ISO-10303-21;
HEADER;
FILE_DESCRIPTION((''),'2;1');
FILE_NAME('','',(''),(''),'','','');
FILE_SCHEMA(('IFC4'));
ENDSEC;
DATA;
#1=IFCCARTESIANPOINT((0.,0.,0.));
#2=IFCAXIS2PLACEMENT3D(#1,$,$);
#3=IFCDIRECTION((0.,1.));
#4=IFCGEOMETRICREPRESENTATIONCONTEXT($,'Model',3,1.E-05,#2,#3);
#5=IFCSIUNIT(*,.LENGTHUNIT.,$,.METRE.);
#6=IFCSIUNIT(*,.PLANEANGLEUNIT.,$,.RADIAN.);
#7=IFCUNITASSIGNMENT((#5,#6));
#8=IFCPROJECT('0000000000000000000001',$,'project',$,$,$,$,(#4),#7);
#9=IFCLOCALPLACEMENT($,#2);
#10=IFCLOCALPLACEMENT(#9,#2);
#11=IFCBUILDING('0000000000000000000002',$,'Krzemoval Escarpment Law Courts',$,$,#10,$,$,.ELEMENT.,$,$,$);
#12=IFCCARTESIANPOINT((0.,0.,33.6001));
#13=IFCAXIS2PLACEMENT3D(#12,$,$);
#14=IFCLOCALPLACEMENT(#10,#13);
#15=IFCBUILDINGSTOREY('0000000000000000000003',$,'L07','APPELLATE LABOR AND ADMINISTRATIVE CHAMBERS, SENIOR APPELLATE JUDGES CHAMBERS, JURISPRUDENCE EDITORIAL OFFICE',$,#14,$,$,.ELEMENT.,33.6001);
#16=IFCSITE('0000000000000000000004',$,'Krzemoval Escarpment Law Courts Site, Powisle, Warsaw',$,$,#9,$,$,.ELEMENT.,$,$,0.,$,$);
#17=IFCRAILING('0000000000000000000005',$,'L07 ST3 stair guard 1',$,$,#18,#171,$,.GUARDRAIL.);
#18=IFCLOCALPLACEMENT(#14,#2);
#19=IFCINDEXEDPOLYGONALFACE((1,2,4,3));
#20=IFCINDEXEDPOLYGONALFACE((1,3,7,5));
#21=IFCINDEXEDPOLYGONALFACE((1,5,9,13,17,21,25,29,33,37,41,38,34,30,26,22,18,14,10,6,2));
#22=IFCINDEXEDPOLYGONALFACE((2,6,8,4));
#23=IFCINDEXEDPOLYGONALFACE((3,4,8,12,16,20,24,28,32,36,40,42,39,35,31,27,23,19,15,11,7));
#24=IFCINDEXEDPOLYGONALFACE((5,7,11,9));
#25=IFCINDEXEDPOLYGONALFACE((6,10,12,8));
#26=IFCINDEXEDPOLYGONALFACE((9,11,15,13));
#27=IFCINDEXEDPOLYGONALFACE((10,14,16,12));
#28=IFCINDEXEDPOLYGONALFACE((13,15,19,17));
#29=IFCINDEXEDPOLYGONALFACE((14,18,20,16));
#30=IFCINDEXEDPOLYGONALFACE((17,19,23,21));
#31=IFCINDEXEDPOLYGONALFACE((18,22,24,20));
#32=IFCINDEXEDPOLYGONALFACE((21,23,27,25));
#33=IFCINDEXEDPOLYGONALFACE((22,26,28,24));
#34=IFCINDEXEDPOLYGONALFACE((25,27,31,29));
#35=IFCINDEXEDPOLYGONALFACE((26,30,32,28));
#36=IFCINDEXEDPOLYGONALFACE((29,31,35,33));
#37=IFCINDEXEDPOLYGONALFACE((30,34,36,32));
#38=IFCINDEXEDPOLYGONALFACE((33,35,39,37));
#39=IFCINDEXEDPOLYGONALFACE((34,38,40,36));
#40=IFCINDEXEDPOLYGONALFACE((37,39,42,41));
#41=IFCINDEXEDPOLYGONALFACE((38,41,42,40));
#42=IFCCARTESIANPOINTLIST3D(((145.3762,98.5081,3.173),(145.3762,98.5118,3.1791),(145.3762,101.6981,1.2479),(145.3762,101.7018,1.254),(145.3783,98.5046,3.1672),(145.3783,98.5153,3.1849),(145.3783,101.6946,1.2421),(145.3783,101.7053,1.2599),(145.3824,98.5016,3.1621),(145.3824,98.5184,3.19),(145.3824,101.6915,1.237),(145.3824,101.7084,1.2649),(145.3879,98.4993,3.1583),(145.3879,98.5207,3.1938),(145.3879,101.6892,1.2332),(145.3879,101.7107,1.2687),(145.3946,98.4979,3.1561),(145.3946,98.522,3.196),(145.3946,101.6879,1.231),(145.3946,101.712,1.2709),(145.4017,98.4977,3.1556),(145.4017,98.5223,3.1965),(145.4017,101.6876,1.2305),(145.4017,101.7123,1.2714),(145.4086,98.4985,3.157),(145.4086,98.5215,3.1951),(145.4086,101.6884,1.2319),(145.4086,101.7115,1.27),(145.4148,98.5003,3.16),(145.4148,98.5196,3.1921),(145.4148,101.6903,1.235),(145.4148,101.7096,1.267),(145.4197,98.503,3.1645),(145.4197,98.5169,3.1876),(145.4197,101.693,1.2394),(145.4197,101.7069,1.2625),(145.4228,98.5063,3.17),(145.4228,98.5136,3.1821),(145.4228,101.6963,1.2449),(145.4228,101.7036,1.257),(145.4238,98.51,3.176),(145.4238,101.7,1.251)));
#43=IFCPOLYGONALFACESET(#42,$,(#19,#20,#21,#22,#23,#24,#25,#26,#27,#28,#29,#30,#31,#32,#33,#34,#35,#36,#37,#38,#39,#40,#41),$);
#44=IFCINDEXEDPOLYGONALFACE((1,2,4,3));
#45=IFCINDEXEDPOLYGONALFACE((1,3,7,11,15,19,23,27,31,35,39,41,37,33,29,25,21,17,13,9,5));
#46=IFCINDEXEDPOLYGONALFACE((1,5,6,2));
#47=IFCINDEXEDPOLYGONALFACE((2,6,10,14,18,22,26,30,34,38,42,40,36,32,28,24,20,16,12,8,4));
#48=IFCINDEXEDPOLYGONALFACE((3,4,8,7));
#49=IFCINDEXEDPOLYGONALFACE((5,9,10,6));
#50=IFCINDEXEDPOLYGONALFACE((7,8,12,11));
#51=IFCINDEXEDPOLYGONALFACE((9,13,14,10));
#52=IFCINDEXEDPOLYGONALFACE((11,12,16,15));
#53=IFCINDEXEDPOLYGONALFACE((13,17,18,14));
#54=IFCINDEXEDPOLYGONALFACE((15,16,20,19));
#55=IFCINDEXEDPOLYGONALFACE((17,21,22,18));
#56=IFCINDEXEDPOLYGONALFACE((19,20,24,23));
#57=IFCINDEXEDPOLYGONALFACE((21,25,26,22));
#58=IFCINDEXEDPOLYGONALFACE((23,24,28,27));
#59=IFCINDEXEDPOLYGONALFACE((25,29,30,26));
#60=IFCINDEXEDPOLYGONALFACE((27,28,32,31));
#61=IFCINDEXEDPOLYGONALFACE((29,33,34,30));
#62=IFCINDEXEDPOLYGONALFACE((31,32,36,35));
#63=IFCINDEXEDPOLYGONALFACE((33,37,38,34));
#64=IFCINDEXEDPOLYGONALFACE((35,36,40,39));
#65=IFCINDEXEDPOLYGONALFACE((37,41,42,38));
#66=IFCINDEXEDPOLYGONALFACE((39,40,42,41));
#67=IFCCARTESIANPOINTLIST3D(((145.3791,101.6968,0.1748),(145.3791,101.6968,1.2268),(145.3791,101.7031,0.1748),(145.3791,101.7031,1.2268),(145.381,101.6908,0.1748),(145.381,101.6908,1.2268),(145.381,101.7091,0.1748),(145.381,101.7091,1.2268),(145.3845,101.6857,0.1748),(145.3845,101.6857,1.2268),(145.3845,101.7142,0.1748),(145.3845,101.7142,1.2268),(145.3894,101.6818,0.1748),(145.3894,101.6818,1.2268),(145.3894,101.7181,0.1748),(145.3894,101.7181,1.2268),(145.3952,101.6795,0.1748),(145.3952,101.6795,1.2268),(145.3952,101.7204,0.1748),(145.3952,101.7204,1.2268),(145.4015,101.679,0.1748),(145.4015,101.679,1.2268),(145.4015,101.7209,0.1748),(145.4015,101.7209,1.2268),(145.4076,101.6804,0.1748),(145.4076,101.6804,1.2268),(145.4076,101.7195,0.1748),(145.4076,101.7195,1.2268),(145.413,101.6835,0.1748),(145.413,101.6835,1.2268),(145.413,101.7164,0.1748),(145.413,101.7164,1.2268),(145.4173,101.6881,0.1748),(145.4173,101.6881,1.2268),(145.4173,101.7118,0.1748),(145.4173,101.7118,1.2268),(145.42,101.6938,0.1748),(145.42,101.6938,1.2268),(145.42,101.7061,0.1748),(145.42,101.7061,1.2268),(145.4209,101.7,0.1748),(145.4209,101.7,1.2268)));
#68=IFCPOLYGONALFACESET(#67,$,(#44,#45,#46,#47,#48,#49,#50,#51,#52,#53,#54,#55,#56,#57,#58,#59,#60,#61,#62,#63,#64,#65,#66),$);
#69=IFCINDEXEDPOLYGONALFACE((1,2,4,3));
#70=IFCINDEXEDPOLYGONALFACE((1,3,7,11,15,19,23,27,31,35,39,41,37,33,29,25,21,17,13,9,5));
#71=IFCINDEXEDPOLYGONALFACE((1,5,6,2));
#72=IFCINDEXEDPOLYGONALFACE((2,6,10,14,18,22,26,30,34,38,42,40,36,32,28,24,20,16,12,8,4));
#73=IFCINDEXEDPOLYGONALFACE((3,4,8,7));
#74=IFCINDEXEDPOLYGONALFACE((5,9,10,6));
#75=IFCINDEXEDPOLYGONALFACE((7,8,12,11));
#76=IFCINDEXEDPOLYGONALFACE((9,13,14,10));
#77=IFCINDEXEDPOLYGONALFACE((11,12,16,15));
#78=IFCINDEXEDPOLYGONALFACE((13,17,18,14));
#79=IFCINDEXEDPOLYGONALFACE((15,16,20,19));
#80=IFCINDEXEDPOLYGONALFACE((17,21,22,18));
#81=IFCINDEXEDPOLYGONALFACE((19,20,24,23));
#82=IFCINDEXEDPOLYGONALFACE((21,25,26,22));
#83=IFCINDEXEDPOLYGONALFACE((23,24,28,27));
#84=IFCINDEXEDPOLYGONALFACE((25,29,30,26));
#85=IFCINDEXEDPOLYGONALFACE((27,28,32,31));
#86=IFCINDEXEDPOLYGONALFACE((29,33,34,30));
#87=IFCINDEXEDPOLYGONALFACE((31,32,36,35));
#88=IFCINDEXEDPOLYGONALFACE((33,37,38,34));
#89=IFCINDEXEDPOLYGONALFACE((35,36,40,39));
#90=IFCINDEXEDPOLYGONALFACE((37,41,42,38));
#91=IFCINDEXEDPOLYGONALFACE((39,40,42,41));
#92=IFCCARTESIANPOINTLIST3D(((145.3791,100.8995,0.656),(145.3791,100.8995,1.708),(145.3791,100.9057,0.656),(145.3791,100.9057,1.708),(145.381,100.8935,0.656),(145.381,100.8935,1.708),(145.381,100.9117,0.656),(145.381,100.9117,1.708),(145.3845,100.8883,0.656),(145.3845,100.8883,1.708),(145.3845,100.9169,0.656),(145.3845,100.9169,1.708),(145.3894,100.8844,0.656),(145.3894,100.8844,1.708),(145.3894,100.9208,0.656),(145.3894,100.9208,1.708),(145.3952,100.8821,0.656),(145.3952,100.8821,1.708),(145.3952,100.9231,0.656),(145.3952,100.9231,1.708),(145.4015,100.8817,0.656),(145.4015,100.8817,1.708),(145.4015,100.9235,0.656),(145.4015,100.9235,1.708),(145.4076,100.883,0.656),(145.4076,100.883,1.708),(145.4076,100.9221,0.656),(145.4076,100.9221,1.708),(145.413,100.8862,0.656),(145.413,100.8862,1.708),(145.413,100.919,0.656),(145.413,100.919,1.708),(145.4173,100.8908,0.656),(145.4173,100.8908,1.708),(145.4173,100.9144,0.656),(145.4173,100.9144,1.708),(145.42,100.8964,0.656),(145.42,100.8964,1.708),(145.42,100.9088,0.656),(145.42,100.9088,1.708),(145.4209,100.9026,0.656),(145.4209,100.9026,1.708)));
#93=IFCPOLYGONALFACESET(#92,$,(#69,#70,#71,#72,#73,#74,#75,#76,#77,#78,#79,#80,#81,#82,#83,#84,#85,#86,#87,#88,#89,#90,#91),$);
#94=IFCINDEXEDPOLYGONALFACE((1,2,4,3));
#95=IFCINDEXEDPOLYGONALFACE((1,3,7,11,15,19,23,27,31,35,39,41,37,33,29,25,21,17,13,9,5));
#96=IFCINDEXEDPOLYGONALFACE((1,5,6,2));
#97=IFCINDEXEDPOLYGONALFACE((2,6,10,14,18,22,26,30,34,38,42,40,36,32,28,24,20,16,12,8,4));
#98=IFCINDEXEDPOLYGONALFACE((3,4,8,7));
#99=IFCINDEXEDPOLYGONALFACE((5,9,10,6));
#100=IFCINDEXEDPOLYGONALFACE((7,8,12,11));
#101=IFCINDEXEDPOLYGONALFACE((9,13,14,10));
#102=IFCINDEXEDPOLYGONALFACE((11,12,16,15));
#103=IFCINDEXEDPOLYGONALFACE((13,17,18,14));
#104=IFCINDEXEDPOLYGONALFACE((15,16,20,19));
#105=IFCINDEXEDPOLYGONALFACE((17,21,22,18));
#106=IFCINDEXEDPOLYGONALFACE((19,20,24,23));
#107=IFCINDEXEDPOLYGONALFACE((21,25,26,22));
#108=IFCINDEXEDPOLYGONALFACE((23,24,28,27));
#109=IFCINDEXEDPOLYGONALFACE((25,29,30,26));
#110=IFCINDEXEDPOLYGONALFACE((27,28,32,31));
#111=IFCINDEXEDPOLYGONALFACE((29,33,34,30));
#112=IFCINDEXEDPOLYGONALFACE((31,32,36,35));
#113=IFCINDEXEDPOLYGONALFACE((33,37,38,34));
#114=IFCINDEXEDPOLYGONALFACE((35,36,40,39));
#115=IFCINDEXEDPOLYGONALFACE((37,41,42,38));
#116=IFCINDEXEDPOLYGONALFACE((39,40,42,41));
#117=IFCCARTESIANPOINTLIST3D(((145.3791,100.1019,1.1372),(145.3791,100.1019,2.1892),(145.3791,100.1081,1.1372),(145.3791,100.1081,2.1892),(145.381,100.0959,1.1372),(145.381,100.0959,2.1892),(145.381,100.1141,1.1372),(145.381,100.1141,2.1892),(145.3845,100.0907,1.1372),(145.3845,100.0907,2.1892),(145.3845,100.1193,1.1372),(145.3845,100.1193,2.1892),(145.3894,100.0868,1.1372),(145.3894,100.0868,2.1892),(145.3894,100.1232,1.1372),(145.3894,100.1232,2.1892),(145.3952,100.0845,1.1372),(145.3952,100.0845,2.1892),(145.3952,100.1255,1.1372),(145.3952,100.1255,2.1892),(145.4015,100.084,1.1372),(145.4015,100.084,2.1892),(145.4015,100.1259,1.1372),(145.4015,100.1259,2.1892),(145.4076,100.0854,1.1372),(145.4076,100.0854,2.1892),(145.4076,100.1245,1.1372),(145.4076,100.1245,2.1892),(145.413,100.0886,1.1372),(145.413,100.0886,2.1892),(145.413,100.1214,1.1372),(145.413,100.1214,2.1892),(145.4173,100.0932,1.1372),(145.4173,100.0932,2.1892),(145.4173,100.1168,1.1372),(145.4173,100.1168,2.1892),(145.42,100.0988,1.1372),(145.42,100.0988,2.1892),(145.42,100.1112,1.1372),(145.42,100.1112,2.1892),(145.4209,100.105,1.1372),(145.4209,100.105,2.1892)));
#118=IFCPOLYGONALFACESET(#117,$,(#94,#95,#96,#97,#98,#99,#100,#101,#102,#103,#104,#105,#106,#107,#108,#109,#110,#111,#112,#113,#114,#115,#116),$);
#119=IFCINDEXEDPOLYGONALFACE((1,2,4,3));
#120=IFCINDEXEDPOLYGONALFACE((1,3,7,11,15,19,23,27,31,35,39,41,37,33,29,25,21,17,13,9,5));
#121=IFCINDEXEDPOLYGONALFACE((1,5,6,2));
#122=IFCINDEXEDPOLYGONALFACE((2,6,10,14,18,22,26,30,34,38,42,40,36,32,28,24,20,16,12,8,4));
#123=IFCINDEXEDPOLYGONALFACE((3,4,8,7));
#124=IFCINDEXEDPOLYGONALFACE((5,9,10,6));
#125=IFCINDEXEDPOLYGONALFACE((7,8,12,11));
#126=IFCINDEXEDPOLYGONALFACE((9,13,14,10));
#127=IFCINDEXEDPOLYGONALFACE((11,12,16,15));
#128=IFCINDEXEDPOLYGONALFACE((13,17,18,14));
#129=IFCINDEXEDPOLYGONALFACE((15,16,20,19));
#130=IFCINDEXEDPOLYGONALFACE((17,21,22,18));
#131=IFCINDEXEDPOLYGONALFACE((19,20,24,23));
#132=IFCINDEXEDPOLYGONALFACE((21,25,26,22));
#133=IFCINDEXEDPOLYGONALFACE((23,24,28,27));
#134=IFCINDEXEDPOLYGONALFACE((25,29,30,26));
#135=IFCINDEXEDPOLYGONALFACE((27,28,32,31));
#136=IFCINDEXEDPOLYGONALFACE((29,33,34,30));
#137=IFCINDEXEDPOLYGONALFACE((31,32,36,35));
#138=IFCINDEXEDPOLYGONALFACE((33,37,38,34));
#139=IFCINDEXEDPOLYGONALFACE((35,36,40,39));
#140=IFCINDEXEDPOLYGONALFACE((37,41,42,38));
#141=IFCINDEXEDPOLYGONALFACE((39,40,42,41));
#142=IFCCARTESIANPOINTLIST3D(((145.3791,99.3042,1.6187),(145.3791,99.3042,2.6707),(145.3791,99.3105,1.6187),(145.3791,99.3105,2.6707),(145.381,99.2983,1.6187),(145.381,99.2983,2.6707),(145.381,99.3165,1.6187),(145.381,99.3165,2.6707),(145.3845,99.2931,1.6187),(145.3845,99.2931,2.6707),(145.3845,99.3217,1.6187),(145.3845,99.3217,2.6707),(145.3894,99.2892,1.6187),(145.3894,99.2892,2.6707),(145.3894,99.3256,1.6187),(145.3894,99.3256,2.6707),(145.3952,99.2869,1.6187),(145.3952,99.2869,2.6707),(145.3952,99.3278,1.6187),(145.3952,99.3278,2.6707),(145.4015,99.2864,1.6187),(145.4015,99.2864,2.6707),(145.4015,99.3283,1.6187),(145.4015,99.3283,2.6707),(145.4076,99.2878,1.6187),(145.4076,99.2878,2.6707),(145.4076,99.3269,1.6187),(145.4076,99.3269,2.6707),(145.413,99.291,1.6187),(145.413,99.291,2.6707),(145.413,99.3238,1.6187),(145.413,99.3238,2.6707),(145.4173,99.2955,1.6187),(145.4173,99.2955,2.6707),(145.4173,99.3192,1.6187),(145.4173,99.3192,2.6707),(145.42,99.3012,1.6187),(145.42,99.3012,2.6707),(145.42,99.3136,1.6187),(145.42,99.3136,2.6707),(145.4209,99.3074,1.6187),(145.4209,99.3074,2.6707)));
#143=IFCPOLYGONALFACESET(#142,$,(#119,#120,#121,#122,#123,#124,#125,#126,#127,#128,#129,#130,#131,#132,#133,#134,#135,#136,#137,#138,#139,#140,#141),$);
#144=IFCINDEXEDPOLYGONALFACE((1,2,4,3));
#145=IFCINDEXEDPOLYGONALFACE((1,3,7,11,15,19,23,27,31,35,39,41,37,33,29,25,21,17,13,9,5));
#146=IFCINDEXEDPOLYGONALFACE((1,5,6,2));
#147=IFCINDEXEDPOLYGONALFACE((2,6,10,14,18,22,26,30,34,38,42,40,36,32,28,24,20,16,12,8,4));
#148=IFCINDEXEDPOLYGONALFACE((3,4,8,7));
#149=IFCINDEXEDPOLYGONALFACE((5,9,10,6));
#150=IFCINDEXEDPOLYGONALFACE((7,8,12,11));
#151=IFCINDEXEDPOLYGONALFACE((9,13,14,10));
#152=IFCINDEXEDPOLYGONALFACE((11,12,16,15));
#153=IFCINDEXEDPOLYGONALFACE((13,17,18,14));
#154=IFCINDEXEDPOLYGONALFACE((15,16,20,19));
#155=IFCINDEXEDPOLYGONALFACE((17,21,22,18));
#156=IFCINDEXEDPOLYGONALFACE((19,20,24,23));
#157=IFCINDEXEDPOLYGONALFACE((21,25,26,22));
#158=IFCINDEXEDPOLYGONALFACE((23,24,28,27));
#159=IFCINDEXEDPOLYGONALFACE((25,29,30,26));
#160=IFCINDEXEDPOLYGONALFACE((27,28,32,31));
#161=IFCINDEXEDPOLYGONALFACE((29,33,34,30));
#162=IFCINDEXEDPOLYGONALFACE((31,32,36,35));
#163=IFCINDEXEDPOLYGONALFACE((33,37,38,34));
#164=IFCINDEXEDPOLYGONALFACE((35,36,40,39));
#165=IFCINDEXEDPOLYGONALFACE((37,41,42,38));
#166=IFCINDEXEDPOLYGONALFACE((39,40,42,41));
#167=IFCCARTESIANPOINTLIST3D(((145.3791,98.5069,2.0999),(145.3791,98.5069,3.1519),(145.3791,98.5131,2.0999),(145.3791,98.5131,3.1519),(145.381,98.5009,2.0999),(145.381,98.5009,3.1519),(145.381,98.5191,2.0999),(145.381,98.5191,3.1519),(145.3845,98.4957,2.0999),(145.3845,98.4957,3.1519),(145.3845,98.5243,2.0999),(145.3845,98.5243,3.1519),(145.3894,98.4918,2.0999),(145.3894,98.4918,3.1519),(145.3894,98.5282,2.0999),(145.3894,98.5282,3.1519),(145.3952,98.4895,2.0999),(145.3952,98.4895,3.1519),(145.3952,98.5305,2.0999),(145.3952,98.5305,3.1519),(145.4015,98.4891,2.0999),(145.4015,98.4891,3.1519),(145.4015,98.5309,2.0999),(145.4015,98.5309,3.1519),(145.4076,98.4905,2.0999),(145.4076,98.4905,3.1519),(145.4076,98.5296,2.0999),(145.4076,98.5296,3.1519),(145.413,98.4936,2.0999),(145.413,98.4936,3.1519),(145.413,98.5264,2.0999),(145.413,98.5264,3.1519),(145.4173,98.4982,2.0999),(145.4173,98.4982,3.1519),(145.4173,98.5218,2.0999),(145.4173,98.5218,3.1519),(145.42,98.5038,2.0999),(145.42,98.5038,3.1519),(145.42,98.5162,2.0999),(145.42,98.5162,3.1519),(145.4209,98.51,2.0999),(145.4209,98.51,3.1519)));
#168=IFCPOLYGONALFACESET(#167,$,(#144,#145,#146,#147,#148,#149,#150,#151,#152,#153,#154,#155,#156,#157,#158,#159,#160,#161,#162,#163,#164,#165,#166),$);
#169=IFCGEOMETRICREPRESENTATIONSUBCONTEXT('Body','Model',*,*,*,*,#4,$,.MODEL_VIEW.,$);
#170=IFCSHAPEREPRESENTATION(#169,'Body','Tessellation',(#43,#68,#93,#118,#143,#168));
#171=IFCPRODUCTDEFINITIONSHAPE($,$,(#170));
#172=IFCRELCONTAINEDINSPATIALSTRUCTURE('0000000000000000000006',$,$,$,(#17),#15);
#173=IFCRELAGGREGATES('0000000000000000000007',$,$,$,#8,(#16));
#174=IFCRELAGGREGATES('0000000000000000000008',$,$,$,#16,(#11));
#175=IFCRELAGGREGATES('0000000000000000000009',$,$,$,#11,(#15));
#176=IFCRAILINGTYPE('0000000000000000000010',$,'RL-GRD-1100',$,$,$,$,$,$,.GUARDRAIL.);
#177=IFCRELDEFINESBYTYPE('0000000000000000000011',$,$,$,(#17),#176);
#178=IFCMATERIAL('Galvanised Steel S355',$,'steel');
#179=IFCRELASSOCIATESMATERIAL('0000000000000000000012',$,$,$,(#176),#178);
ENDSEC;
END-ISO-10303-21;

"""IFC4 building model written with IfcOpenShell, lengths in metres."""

from ifc_helpers import new_model, si_unit, direction, frame, origin, origin_2d, place, context, subcontext, project, spatial, circle, extrude, material, type_object, element, save


model = new_model("IFC4")

# Units and contexts
model_context = context("Model", 3, precision=1e-05, world=origin(), true_north=direction((0.0, 1.0)))
body_context = subcontext(model_context, "Body", "Model", "MODEL_VIEW")
ifc_project = project(units=[si_unit("LENGTHUNIT", "METRE"), si_unit("PLANEANGLEUNIT", "RADIAN")], contexts=[model_context])

# Site, building, storey
site_placement = place(None, origin())
site = spatial("IfcSite", under=ifc_project, at=site_placement, Name="Krzemoval Escarpment Law Courts Site, Powisle, Warsaw", CompositionType="ELEMENT", RefElevation=0.0)
building_placement = place(site_placement, origin())
building = spatial("IfcBuilding", under=site, at=building_placement, Name="Krzemoval Escarpment Law Courts", CompositionType="ELEMENT")
storey_placement = place(building_placement, frame((0.0, 0.0, 33.6001)))
storey = spatial("IfcBuildingStorey", under=building, at=storey_placement, Name="L07", Description="APPELLATE LABOR AND ADMINISTRATIVE CHAMBERS, SENIOR APPELLATE JUDGES CHAMBERS, JURISPRUDENCE EDITORIAL OFFICE", CompositionType="ELEMENT", Elevation=33.6001)

# Railing
ifc_material_1 = material(Name="Galvanised Steel S355", Category="steel")
railing_type_1 = type_object("IfcRailingType", Name="RL-GRD-1100", PredefinedType="GUARDRAIL", material=ifc_material_1)
railing_1_placement = place(storey_placement, frame((145.3999, 101.7, 0.1748)))
element("IfcRailing", 1, at=railing_1_placement, inside=storey, type_object=railing_type_1, Name="L07 ST3 stair guard 1", PredefinedType="GUARDRAIL", context=body_context, shape_type="SweptSolid", body=[
    extrude(circle(Radius=0.0239, at=origin_2d()), frame((0.0, 0.0, 1.0762), z_axis=(0.0, -0.856178, 0.516682), x_axis=(1.0, 0.0, 0.0)), (0.0, 0.0, 1.0), 3.7258),
    extrude(circle(Radius=0.021, at=origin_2d()), origin(), (0.0, 0.0, 1.0), 1.052),
    extrude(circle(Radius=0.021, at=origin_2d()), frame((0.0, -0.7974, 0.4812)), (0.0, 0.0, 1.0), 1.052),
    extrude(circle(Radius=0.021, at=origin_2d()), frame((0.0, -1.595, 0.9624)), (0.0, 0.0, 1.0), 1.052),
    extrude(circle(Radius=0.021, at=origin_2d()), frame((0.0, -2.3926, 1.4438)), (0.0, 0.0, 1.0), 1.052),
    extrude(circle(Radius=0.021, at=origin_2d()), frame((0.0, -3.1899, 1.925)), (0.0, 0.0, 1.0), 1.052),
])

save(model, "model.ifc")
